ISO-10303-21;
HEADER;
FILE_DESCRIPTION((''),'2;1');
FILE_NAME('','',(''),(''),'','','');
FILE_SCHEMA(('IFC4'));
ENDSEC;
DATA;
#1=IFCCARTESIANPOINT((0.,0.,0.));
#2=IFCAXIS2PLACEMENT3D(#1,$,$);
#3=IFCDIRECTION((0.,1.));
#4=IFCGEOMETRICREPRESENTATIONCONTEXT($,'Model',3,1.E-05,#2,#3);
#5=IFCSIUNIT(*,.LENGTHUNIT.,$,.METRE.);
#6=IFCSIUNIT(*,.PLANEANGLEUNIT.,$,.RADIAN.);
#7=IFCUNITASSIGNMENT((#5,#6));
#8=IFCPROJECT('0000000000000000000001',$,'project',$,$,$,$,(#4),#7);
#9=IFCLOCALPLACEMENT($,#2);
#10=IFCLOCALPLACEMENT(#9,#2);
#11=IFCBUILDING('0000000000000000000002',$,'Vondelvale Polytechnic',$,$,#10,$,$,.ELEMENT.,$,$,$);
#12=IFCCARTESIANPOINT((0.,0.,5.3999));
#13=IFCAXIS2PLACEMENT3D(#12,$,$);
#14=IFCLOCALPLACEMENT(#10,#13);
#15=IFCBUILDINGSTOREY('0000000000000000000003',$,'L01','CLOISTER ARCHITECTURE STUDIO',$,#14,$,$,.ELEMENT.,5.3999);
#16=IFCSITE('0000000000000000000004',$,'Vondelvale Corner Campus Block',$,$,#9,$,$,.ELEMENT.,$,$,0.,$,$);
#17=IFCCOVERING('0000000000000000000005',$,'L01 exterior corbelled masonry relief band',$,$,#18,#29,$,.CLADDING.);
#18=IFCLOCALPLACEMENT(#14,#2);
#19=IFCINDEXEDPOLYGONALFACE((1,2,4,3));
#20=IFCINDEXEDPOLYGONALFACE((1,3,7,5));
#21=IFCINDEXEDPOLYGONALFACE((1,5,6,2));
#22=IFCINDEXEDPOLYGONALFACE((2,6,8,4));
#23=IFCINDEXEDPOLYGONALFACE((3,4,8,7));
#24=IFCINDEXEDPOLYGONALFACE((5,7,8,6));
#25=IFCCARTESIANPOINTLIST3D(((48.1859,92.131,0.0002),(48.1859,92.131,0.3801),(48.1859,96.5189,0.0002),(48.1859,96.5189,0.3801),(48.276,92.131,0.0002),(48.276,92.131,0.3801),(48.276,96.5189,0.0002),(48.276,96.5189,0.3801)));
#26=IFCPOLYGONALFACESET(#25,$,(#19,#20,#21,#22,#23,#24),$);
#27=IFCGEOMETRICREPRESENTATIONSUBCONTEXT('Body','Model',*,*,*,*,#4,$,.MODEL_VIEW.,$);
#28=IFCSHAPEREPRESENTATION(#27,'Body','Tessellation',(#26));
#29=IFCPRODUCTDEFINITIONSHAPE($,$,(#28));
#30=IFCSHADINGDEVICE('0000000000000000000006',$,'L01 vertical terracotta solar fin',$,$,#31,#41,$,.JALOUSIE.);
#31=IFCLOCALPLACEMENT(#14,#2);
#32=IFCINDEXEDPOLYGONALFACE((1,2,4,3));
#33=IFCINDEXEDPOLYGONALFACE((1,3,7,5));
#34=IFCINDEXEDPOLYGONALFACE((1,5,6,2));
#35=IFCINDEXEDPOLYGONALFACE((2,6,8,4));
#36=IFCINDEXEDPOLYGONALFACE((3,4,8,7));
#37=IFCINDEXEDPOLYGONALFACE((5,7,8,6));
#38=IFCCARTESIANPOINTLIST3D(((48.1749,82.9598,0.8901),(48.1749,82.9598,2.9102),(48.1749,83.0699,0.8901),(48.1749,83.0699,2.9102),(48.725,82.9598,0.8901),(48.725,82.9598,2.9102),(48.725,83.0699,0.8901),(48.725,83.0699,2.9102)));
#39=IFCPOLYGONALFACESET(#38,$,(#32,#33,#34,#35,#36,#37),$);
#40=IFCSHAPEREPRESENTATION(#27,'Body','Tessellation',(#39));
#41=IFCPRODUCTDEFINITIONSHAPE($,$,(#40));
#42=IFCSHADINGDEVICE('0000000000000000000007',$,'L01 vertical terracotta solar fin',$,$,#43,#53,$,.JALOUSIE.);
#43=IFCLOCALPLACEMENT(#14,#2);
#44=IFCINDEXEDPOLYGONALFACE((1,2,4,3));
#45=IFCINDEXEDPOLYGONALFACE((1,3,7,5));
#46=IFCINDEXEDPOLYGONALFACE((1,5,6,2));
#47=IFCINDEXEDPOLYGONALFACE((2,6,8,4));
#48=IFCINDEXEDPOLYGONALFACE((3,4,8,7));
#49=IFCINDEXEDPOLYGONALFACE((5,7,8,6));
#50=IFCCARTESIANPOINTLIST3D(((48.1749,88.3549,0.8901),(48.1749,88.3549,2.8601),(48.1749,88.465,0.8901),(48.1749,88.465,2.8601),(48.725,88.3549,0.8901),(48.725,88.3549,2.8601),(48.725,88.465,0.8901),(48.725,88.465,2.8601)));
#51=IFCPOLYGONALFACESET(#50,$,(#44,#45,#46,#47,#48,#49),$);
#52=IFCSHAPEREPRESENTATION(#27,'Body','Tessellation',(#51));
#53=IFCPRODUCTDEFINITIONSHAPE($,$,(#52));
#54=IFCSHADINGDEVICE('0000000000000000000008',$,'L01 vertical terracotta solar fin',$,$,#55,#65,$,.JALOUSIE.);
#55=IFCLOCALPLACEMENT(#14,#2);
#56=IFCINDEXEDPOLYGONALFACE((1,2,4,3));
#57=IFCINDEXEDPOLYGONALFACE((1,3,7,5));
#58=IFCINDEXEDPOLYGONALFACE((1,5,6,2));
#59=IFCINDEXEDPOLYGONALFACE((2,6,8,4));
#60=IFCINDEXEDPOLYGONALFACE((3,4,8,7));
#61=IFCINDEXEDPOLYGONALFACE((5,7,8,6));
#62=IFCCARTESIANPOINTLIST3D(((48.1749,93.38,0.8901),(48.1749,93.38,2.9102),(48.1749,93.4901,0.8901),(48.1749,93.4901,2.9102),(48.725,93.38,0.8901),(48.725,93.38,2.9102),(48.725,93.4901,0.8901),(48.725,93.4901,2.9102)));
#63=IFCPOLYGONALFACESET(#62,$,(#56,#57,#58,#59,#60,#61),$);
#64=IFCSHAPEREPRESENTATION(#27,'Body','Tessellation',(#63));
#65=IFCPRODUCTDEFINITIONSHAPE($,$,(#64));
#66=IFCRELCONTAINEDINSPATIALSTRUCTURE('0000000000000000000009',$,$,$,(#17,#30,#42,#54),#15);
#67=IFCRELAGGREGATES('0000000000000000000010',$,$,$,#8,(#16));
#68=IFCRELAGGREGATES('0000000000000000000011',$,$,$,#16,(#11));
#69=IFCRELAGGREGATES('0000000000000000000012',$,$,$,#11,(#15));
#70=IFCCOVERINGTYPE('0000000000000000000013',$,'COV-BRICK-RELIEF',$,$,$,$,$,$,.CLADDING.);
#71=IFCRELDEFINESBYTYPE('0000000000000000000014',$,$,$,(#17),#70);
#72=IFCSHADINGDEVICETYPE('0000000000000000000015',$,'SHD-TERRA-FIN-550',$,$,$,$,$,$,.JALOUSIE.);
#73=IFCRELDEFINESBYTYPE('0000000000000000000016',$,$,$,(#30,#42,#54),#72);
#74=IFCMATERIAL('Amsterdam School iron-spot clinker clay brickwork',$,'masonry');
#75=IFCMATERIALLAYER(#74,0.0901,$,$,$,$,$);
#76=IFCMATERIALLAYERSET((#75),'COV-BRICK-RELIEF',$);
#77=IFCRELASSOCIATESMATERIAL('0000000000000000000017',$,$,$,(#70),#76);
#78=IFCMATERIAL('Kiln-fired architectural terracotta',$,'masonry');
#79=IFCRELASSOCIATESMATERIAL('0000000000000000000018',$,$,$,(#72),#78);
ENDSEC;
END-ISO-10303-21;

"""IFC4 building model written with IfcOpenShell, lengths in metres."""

from ifc_helpers import new_model, si_unit, direction, frame, origin, origin_2d, place, context, subcontext, project, spatial, rectangle, extrude, material, layer, layer_set, type_object, element, save


model = new_model("IFC4")

# Units and contexts
model_context = context("Model", 3, precision=1e-05, world=origin(), true_north=direction((0.0, 1.0)))
body_context = subcontext(model_context, "Body", "Model", "MODEL_VIEW")
ifc_project = project(units=[si_unit("LENGTHUNIT", "METRE"), si_unit("PLANEANGLEUNIT", "RADIAN")], contexts=[model_context])

# Site, building, storey
site_placement = place(None, origin())
site = spatial("IfcSite", under=ifc_project, at=site_placement, Name="Vondelvale Corner Campus Block", CompositionType="ELEMENT", RefElevation=0.0)
building_placement = place(site_placement, origin())
building = spatial("IfcBuilding", under=site, at=building_placement, Name="Vondelvale Polytechnic", CompositionType="ELEMENT")
storey_placement = place(building_placement, frame((0.0, 0.0, 5.3999)))
storey = spatial("IfcBuildingStorey", under=building, at=storey_placement, Name="L01", Description="CLOISTER ARCHITECTURE STUDIO", CompositionType="ELEMENT", Elevation=5.3999)

# Shared definitions
ifc_material_1 = material(Name="Amsterdam School iron-spot clinker clay brickwork", Category="masonry")

# Covering
ifc_layer_1 = layer(ifc_material_1, 0.0901)
ifc_layer_set_1 = layer_set([ifc_layer_1], Name="COV-BRICK-RELIEF")
covering_type = type_object("IfcCoveringType", Name="COV-BRICK-RELIEF", PredefinedType="CLADDING", material=ifc_layer_set_1)
for number, where, z_axis, x_axis, name in (
    (1, (48.231, 94.325, 0.0002), (0.0, 0.0, 1.0), (0.0, -1.0, 0.0), "L01 exterior corbelled masonry relief band"),
):
    element("IfcCovering", number, at=place(storey_placement, frame(where, z_axis=z_axis, x_axis=x_axis)), inside=storey, type_object=covering_type, Name=name, PredefinedType="CLADDING", context=body_context, shape_type="SweptSolid", body=[
        extrude(rectangle(XDim=4.3879, YDim=0.0901, at=origin_2d()), origin(), (0.0, 0.0, 1.0), 0.3799),
    ])

# Shading devices
ifc_material_2 = material(Name="Kiln-fired architectural terracotta", Category="masonry")
shading_device_type = type_object("IfcShadingDeviceType", Name="SHD-TERRA-FIN-550", PredefinedType="JALOUSIE", material=ifc_material_2)
shading_device_1_placement = place(storey_placement, frame((48.45, 83.0149, 0.8901), z_axis=(0.0, 0.0, 1.0), x_axis=(0.0, -1.0, 0.0)))
element("IfcShadingDevice", 2, at=shading_device_1_placement, inside=storey, type_object=shading_device_type, Name="L01 vertical terracotta solar fin", PredefinedType="JALOUSIE", context=body_context, shape_type="SweptSolid", body=[
    extrude(rectangle(XDim=0.1101, YDim=0.55, at=origin_2d()), origin(), (0.0, 0.0, 1.0), 2.02),
])
shading_device_2_placement = place(storey_placement, frame((48.45, 88.4099, 0.8901), z_axis=(0.0, 0.0, 1.0), x_axis=(0.0, -1.0, 0.0)))
element("IfcShadingDevice", 3, at=shading_device_2_placement, inside=storey, type_object=shading_device_type, Name="L01 vertical terracotta solar fin", PredefinedType="JALOUSIE", context=body_context, shape_type="SweptSolid", body=[
    extrude(rectangle(XDim=0.1101, YDim=0.55, at=origin_2d()), origin(), (0.0, 0.0, 1.0), 1.97),
])
shading_device_3_placement = place(storey_placement, frame((48.45, 93.4351, 0.8901), z_axis=(0.0, 0.0, 1.0), x_axis=(0.0, -1.0, 0.0)))
element("IfcShadingDevice", 4, at=shading_device_3_placement, inside=storey, type_object=shading_device_type, Name="L01 vertical terracotta solar fin", PredefinedType="JALOUSIE", context=body_context, shape_type="SweptSolid", body=[
    extrude(rectangle(XDim=0.1101, YDim=0.55, at=origin_2d()), origin(), (0.0, 0.0, 1.0), 2.02),
])

save(model, "model.ifc")
